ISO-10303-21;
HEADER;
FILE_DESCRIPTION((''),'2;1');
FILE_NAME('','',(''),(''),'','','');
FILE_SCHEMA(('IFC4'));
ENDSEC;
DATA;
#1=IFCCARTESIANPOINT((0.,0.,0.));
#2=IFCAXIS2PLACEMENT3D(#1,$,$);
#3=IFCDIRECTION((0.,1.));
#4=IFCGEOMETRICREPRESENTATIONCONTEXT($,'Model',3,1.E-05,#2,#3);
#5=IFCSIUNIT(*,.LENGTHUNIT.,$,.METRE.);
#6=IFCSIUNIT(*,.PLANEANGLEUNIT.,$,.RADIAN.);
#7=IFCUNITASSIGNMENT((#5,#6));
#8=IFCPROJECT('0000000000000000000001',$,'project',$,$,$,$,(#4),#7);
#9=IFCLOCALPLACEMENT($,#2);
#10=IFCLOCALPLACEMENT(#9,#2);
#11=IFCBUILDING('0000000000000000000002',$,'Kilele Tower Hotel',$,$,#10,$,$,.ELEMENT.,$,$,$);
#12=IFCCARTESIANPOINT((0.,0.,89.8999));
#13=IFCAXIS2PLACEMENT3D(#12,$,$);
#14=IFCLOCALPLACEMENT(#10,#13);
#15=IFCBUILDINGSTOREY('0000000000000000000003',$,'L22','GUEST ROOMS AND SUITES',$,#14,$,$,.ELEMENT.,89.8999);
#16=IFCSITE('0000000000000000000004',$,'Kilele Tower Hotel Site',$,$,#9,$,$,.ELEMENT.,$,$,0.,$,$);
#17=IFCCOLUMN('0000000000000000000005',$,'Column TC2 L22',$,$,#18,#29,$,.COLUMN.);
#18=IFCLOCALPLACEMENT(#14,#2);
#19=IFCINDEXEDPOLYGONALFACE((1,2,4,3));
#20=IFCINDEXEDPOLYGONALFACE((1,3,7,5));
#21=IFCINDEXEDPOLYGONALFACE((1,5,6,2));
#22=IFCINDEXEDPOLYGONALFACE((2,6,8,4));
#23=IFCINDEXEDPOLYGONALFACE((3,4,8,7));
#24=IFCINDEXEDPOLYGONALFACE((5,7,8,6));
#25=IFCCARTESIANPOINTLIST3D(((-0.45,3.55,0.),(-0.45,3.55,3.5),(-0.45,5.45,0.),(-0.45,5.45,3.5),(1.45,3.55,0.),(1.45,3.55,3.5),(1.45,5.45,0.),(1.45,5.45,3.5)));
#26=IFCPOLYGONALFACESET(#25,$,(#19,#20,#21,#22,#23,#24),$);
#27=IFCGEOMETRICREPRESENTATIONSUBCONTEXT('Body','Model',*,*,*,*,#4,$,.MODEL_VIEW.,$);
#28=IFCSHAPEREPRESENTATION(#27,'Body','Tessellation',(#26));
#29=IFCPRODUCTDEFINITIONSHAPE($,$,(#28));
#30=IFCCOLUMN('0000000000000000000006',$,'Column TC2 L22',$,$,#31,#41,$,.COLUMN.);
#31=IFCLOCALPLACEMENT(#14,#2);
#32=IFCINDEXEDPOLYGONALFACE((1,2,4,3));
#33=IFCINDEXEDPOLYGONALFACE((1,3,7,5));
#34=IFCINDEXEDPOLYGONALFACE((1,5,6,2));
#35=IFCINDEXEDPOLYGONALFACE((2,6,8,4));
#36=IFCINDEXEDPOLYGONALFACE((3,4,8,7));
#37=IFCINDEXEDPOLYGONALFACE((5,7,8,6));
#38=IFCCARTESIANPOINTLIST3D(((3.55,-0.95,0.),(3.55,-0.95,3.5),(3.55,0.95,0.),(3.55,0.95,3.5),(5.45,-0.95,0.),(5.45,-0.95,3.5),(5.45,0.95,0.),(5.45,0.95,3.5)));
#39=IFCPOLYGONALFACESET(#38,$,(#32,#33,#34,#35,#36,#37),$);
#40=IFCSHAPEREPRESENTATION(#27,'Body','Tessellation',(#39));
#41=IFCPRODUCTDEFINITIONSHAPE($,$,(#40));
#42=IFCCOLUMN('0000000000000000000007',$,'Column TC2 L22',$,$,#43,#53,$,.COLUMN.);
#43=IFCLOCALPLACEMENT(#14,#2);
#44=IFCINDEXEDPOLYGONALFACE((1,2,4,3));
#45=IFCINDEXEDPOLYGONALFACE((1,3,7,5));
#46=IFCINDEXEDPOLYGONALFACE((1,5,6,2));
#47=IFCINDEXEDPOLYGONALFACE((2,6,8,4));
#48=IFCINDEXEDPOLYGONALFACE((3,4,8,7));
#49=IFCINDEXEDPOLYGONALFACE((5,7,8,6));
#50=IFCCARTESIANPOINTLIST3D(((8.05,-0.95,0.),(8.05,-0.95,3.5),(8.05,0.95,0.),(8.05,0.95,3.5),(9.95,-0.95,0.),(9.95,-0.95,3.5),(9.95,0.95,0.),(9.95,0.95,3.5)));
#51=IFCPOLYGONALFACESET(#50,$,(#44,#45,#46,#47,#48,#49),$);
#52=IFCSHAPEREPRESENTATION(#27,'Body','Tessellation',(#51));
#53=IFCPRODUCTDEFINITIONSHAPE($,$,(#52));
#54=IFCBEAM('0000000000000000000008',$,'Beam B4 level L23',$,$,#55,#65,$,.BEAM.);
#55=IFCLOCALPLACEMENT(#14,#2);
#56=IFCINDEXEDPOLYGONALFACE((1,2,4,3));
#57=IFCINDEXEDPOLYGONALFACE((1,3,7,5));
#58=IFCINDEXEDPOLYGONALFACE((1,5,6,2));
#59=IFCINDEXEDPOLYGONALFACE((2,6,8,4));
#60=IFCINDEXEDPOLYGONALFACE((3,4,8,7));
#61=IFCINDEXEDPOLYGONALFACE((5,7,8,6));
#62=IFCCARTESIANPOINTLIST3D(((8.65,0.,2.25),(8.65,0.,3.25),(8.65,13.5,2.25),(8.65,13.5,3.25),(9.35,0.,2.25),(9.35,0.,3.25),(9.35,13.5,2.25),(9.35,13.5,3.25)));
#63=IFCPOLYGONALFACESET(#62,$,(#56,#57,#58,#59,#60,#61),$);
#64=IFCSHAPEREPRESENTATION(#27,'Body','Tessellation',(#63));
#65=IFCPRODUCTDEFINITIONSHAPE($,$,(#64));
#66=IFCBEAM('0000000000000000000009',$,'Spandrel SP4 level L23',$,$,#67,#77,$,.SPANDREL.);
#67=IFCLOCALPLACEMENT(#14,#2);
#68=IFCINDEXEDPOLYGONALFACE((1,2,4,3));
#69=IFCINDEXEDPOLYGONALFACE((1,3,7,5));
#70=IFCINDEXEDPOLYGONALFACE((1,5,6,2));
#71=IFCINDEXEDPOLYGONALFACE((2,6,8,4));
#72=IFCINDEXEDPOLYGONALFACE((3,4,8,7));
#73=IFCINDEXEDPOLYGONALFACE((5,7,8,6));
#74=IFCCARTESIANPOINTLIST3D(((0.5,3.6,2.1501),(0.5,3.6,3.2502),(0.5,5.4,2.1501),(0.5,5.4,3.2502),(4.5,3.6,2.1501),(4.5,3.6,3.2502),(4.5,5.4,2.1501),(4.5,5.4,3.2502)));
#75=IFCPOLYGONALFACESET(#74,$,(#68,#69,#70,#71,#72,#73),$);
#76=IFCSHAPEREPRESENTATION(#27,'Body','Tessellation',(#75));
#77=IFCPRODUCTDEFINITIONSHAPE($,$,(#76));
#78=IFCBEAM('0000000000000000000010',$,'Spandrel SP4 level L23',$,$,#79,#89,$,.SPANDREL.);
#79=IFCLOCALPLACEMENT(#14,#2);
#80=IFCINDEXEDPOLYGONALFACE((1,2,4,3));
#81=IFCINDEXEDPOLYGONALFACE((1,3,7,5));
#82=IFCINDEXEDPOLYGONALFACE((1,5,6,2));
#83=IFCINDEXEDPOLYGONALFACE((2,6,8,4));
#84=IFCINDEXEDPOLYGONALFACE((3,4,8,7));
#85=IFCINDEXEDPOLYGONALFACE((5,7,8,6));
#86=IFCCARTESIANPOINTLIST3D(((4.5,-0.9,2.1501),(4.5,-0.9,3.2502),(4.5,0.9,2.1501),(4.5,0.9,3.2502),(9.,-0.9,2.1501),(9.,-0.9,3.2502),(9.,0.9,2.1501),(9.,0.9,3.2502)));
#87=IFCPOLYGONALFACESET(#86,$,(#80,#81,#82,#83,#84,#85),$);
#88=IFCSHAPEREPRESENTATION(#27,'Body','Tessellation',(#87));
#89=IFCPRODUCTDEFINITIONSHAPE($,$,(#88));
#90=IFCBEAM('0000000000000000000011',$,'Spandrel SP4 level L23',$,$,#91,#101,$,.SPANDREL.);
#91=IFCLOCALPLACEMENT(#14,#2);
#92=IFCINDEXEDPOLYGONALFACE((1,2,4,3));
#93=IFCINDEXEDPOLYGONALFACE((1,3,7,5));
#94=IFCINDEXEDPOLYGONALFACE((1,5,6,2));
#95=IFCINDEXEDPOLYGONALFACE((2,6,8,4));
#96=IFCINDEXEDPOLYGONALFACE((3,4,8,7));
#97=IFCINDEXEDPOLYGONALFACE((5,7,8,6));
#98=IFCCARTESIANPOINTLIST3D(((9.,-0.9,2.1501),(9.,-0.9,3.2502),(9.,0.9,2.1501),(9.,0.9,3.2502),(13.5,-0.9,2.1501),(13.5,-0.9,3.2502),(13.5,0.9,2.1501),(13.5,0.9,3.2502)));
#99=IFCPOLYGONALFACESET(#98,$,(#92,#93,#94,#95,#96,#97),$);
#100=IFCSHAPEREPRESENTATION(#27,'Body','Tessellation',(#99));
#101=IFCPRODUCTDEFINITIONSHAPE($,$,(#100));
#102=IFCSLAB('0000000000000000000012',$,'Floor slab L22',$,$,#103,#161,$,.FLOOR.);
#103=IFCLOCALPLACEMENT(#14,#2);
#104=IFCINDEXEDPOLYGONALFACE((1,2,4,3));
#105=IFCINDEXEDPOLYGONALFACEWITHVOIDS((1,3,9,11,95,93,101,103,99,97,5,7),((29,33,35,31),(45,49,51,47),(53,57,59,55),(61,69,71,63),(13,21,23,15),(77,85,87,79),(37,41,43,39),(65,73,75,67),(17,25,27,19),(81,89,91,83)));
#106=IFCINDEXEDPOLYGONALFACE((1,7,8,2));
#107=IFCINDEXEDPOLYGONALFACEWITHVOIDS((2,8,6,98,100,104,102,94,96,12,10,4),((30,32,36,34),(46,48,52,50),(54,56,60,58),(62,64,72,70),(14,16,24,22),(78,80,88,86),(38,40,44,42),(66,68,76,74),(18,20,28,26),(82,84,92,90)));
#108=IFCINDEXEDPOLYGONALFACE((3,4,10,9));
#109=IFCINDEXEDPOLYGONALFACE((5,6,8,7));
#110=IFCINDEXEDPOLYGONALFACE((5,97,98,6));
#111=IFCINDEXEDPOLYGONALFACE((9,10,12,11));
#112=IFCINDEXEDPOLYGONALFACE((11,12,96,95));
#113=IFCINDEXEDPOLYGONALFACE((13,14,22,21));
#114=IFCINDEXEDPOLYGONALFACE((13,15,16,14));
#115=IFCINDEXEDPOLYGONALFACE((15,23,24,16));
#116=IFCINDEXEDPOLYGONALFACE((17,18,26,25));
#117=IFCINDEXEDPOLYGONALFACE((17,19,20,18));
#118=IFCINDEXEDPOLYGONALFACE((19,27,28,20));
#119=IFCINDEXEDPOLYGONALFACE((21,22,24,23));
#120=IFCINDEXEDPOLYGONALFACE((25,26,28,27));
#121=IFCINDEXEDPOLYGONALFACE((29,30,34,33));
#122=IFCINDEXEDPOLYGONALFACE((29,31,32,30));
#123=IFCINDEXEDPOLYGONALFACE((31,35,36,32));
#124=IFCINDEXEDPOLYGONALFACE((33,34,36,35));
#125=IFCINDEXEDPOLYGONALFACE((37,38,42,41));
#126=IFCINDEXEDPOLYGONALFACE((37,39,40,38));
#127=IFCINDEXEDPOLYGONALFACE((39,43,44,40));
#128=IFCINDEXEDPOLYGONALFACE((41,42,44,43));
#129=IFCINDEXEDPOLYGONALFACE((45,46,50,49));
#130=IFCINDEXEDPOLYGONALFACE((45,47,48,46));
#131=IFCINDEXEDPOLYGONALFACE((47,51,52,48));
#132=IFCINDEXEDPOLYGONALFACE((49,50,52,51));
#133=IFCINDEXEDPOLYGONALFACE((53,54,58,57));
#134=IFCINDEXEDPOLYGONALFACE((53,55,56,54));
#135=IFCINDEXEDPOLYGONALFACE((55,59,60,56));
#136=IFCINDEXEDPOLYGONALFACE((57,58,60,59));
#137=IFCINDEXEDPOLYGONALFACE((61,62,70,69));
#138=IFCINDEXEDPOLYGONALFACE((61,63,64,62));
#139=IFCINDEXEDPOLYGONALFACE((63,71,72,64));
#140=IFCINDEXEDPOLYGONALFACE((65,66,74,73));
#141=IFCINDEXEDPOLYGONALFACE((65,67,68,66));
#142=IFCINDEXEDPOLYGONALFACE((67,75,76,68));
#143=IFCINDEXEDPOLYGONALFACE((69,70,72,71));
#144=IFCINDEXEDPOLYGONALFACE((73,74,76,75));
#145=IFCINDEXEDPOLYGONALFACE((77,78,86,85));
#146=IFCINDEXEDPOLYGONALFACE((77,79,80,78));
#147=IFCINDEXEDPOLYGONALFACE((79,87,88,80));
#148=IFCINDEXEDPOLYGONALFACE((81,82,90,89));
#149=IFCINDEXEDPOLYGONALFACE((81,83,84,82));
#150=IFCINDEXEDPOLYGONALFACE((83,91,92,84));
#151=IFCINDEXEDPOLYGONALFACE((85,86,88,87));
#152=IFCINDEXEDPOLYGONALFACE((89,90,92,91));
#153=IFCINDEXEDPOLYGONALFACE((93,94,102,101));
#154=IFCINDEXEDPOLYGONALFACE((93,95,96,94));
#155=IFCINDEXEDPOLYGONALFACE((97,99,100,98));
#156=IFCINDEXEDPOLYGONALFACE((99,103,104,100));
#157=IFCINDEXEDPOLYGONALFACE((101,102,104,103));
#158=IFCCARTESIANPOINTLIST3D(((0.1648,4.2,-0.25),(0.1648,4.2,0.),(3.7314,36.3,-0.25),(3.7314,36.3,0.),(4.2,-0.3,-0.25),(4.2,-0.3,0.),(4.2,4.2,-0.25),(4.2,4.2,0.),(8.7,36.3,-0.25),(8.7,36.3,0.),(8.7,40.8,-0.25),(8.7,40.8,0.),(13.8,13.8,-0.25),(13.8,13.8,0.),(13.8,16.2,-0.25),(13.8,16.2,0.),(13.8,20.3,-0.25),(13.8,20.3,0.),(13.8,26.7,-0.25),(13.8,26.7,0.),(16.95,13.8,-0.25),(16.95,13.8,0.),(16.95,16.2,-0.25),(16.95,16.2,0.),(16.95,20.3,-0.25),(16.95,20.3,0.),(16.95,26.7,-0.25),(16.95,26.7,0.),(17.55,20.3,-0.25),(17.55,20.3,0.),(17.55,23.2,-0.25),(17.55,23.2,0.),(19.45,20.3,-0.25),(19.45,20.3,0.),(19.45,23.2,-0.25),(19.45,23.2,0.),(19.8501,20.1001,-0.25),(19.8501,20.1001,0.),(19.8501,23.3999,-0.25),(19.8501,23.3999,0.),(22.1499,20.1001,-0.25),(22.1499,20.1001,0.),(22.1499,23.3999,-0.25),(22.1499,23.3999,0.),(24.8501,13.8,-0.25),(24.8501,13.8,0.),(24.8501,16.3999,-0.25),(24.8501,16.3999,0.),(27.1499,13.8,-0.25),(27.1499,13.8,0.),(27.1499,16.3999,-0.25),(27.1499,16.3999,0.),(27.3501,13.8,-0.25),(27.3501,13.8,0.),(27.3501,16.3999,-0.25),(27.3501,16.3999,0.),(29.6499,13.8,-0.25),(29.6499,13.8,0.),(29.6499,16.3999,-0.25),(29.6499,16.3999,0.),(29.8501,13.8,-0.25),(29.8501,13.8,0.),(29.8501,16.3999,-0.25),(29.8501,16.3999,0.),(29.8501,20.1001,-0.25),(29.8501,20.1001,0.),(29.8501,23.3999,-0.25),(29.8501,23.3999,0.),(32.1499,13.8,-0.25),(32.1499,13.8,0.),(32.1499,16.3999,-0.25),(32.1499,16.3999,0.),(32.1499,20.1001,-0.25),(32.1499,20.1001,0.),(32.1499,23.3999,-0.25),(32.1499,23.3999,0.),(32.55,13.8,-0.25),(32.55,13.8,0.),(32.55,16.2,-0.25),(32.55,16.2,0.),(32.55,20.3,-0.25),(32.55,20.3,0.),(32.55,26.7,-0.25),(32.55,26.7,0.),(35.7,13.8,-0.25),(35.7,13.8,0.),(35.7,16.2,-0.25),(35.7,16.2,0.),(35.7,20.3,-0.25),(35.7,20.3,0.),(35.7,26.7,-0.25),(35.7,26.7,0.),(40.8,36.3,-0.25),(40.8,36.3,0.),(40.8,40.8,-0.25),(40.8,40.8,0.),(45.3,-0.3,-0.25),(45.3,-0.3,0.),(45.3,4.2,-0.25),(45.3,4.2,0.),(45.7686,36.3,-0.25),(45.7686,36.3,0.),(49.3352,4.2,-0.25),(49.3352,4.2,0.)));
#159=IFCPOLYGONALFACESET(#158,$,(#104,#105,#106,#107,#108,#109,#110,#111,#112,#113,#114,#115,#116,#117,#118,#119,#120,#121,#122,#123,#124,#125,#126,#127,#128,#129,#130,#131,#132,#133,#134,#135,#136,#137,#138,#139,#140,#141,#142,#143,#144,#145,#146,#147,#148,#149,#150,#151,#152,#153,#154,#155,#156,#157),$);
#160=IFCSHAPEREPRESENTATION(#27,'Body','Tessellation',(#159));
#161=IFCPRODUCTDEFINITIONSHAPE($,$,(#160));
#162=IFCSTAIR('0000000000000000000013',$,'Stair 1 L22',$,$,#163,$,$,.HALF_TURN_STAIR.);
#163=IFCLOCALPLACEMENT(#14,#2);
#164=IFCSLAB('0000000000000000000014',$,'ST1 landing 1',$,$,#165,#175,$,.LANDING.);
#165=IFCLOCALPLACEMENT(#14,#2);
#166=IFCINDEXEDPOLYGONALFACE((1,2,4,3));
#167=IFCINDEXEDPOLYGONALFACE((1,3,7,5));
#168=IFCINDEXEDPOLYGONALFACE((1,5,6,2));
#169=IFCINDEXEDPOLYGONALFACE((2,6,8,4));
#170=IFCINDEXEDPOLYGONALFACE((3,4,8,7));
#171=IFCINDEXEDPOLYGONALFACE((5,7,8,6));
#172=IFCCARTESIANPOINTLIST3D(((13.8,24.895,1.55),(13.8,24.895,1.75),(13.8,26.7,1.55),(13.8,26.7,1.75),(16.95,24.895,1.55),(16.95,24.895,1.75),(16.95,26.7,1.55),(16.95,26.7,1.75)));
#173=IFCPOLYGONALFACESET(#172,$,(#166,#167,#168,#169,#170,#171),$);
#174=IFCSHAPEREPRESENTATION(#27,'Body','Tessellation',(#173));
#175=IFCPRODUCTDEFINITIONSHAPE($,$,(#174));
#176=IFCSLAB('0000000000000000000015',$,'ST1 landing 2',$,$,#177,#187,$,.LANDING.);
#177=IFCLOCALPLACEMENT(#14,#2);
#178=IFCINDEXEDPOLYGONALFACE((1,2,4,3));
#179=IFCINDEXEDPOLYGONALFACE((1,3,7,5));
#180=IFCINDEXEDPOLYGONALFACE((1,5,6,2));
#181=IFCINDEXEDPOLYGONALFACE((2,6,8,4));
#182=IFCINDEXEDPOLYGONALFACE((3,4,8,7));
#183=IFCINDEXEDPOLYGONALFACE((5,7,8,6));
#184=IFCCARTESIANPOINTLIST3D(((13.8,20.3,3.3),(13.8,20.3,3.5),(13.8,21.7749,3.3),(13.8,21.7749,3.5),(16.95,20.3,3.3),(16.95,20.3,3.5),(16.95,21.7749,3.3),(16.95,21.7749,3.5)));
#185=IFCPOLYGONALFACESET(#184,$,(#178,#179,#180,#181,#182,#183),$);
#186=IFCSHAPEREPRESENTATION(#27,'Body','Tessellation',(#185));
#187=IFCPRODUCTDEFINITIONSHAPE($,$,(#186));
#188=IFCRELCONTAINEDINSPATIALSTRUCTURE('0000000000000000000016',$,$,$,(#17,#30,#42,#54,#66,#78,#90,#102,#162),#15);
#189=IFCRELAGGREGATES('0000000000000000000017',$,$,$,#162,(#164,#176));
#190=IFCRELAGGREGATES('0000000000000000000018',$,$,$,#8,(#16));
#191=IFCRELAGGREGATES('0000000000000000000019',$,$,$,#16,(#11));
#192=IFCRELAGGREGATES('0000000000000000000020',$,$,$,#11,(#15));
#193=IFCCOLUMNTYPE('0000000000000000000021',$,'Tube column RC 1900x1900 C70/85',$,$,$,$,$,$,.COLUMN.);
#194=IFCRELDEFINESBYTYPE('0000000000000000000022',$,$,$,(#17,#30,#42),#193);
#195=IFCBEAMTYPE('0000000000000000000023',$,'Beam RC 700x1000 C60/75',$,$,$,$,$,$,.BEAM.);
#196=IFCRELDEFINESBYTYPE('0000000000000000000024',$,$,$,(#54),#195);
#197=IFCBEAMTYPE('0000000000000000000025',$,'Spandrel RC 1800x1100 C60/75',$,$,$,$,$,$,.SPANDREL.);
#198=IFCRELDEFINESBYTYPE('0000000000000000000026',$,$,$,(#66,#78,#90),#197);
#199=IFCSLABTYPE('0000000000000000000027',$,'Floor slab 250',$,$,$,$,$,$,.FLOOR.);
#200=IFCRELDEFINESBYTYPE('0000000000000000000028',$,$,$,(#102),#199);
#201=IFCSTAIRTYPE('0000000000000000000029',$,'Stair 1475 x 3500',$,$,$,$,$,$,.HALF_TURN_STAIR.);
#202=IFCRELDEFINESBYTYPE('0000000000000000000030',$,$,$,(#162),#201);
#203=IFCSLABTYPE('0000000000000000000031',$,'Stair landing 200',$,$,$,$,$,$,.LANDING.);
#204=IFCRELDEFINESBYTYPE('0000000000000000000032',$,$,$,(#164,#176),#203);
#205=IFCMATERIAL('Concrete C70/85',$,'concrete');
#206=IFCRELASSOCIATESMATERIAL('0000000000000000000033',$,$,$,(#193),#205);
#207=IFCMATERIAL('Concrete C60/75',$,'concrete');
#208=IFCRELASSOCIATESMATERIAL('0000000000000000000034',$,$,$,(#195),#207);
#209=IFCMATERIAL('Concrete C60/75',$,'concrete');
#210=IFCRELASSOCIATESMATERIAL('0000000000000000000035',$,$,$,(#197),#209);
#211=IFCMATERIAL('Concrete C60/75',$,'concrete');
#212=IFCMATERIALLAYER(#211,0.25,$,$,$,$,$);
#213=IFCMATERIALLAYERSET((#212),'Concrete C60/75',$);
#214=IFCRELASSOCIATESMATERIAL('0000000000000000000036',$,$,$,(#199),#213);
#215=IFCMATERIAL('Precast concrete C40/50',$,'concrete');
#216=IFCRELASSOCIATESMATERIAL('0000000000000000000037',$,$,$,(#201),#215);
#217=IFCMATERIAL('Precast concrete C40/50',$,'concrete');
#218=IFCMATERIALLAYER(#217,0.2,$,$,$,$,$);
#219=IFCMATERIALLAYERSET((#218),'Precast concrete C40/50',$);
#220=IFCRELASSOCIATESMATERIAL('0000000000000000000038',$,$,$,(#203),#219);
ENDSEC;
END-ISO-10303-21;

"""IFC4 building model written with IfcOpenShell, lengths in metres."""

from ifc_helpers import new_model, si_unit, direction, frame, origin, origin_2d, place, context, subcontext, project, spatial, polyline, rectangle, outline, extrude, material, layer, layer_set, material_profile, profile_set, type_object, element, aggregate, save


model = new_model("IFC4")

# Units and contexts
model_context = context("Model", 3, precision=1e-05, world=origin(), true_north=direction((0.0, 1.0)))
body_context = subcontext(model_context, "Body", "Model", "MODEL_VIEW")
ifc_project = project(units=[si_unit("LENGTHUNIT", "METRE"), si_unit("PLANEANGLEUNIT", "RADIAN")], contexts=[model_context])

# Site, building, storey
site_placement = place(None, origin())
site = spatial("IfcSite", under=ifc_project, at=site_placement, Name="Kilele Tower Hotel Site", CompositionType="ELEMENT", RefElevation=0.0)
building_placement = place(site_placement, origin())
building = spatial("IfcBuilding", under=site, at=building_placement, Name="Kilele Tower Hotel", CompositionType="ELEMENT")
storey_placement = place(building_placement, frame((0.0, 0.0, 89.8999)))
storey = spatial("IfcBuildingStorey", under=building, at=storey_placement, Name="L22", Description="GUEST ROOMS AND SUITES", CompositionType="ELEMENT", Elevation=89.8999)

# Columns
ifc_material_1 = material(Name="Concrete C70/85", Category="concrete")
ifc_material_profile_1 = material_profile(ifc_material_1, rectangle(XDim=1.8999, YDim=1.8999, at=origin_2d()))
ifc_profile_set_1 = profile_set([ifc_material_profile_1], Name="Concrete C70/85")
column_type = type_object("IfcColumnType", Name="Tube column RC 1900x1900 C70/85", PredefinedType="COLUMN", material=ifc_profile_set_1)
for number, where, z_axis, x_axis, name in (
    (1, (0.5, 4.5, 0.0), (0.0, 0.0, 1.0), (1.0, 0.0, 0.0), "Column TC2 L22"),
    (2, (4.5, 0.0, 0.0), (0.0, 0.0, 1.0), (1.0, 0.0, 0.0), "Column TC2 L22"),
    (3, (9.0, 0.0, 0.0), (0.0, 0.0, 1.0), (1.0, 0.0, 0.0), "Column TC2 L22"),
):
    element("IfcColumn", number, at=place(storey_placement, frame(where, z_axis=z_axis, x_axis=x_axis)), inside=storey, type_object=column_type, Name=name, PredefinedType="COLUMN", context=body_context, shape_type="SweptSolid", body=[
        extrude(rectangle(XDim=1.8999, YDim=1.8999, at=origin_2d()), origin(), (0.0, 0.0, 1.0), 3.5),
    ])

# Beams
ifc_material_2 = material(Name="Concrete C60/75", Category="concrete")
ifc_material_profile_2 = material_profile(ifc_material_2, rectangle(XDim=0.7, YDim=1.0, at=origin_2d()))
ifc_profile_set_2 = profile_set([ifc_material_profile_2], Name="Concrete C60/75")
beam_type_1 = type_object("IfcBeamType", Name="Beam RC 700x1000 C60/75", PredefinedType="BEAM", material=ifc_profile_set_2)
beam_1_placement = place(storey_placement, frame((9.0, 0.0, 2.75), z_axis=(0.0, 1.0, 0.0), x_axis=(-1.0, 0.0, 0.0)))
element("IfcBeam", 4, at=beam_1_placement, inside=storey, type_object=beam_type_1, Name="Beam B4 level L23", PredefinedType="BEAM", context=body_context, shape_type="SweptSolid", body=[
    extrude(rectangle(XDim=0.7, YDim=1.0, at=origin_2d()), origin(), (0.0, 0.0, 1.0), 13.5),
])
ifc_material_3 = material(Name="Concrete C60/75", Category="concrete")
ifc_material_profile_3 = material_profile(ifc_material_3, rectangle(XDim=1.8, YDim=1.1001, at=origin_2d()))
ifc_profile_set_3 = profile_set([ifc_material_profile_3], Name="Concrete C60/75")
beam_type_2 = type_object("IfcBeamType", Name="Spandrel RC 1800x1100 C60/75", PredefinedType="SPANDREL", material=ifc_profile_set_3)
beam_2_placement = place(storey_placement, frame((0.5, 4.5, 2.7002), z_axis=(1.0, 0.0, 0.0), x_axis=(0.0, 1.0, 0.0)))
element("IfcBeam", 5, at=beam_2_placement, inside=storey, type_object=beam_type_2, Name="Spandrel SP4 level L23", PredefinedType="SPANDREL", context=body_context, shape_type="SweptSolid", body=[
    extrude(rectangle(XDim=1.8, YDim=1.1001, at=origin_2d()), origin(), (0.0, 0.0, 1.0), 4.0),
])
for number, where, z_axis, x_axis, name in (
    (6, (4.5, 0.0, 2.7002), (1.0, 0.0, 0.0), (0.0, 1.0, 0.0), "Spandrel SP4 level L23"),
    (7, (9.0, 0.0, 2.7002), (1.0, 0.0, 0.0), (0.0, 1.0, 0.0), "Spandrel SP4 level L23"),
):
    element("IfcBeam", number, at=place(storey_placement, frame(where, z_axis=z_axis, x_axis=x_axis)), inside=storey, type_object=beam_type_2, Name=name, PredefinedType="SPANDREL", context=body_context, shape_type="SweptSolid", body=[
        extrude(rectangle(XDim=1.8, YDim=1.1001, at=origin_2d()), origin(), (0.0, 0.0, 1.0), 4.5),
    ])

# Slab
ifc_material_4 = material(Name="Concrete C60/75", Category="concrete")
ifc_layer_1 = layer(ifc_material_4, 0.25)
ifc_layer_set_1 = layer_set([ifc_layer_1], Name="Concrete C60/75")
slab_type_1 = type_object("IfcSlabType", Name="Floor slab 250", PredefinedType="FLOOR", material=ifc_layer_set_1)
slab_1_placement = place(storey_placement, frame((0.0, 0.0, -0.25)))
element("IfcSlab", 8, at=slab_1_placement, inside=storey, type_object=slab_type_1, Name="Floor slab L22", PredefinedType="FLOOR", context=body_context, shape_type="SweptSolid", body=[
    extrude(outline(polyline([(8.7, 36.3), (8.7, 40.8), (40.8, 40.8), (40.8, 36.3), (45.7686, 36.3), (49.3352, 4.2), (45.3, 4.2), (45.3, -0.3), (4.2, -0.3), (4.2, 4.2), (0.1648, 4.2), (3.7314, 36.3), (8.7, 36.3)]), holes=[polyline([(16.95, 16.2), (13.8, 16.2), (13.8, 13.8), (16.95, 13.8), (16.95, 16.2)]), polyline([(35.7, 16.2), (32.55, 16.2), (32.55, 13.8), (35.7, 13.8), (35.7, 16.2)]), polyline([(27.1499, 16.3999), (24.8501, 16.3999), (24.8501, 13.8), (27.1499, 13.8), (27.1499, 16.3999)]), polyline([(29.6499, 13.8), (29.6499, 16.3999), (27.3501, 16.3999), (27.3501, 13.8), (29.6499, 13.8)]), polyline([(32.1499, 13.8), (32.1499, 16.3999), (29.8501, 16.3999), (29.8501, 13.8), (32.1499, 13.8)]), polyline([(19.45, 23.2), (17.55, 23.2), (17.55, 20.3), (19.45, 20.3), (19.45, 23.2)]), polyline([(22.1499, 23.3999), (19.8501, 23.3999), (19.8501, 20.1001), (22.1499, 20.1001), (22.1499, 23.3999)]), polyline([(32.1499, 23.3999), (29.8501, 23.3999), (29.8501, 20.1001), (32.1499, 20.1001), (32.1499, 23.3999)]), polyline([(16.95, 20.3), (16.95, 26.7), (13.8, 26.7), (13.8, 20.3), (16.95, 20.3)]), polyline([(35.7, 20.3), (35.7, 26.7), (32.55, 26.7), (32.55, 20.3), (35.7, 20.3)])]), origin(), (0.0, 0.0, 1.0), 0.25),
])

# Stair, slabs
ifc_material_5 = material(Name="Precast concrete C40/50", Category="concrete")
stair_type = type_object("IfcStairType", Name="Stair 1475 x 3500", PredefinedType="HALF_TURN_STAIR", material=ifc_material_5)
stair_1_placement = place(storey_placement, origin())
stair_1 = element("IfcStair", 9, at=stair_1_placement, inside=storey, type_object=stair_type, Name="Stair 1 L22", PredefinedType="HALF_TURN_STAIR")
ifc_material_6 = material(Name="Precast concrete C40/50", Category="concrete")
ifc_layer_2 = layer(ifc_material_6, 0.2)
ifc_layer_set_2 = layer_set([ifc_layer_2], Name="Precast concrete C40/50")
slab_type_2 = type_object("IfcSlabType", Name="Stair landing 200", PredefinedType="LANDING", material=ifc_layer_set_2)
slab_2_placement = place(storey_placement, frame((0.0, 0.0, 1.55)))
slab_2 = element("IfcSlab", 10, at=slab_2_placement, type_object=slab_type_2, Name="ST1 landing 1", PredefinedType="LANDING", context=body_context, shape_type="SweptSolid", body=[
    extrude(outline(polyline([(13.8, 24.895), (16.95, 24.895), (16.95, 26.7), (13.8, 26.7), (13.8, 24.895)])), origin(), (0.0, 0.0, 1.0), 0.2),
])
slab_3_placement = place(storey_placement, frame((0.0, 0.0, 3.3)))
slab_3 = element("IfcSlab", 11, at=slab_3_placement, type_object=slab_type_2, Name="ST1 landing 2", PredefinedType="LANDING", context=body_context, shape_type="SweptSolid", body=[
    extrude(outline(polyline([(13.8, 20.3), (16.95, 20.3), (16.95, 21.7749), (13.8, 21.7749), (13.8, 20.3)])), origin(), (0.0, 0.0, 1.0), 0.2),
])
aggregate(stair_1, [slab_2, slab_3])

save(model, "model.ifc")
